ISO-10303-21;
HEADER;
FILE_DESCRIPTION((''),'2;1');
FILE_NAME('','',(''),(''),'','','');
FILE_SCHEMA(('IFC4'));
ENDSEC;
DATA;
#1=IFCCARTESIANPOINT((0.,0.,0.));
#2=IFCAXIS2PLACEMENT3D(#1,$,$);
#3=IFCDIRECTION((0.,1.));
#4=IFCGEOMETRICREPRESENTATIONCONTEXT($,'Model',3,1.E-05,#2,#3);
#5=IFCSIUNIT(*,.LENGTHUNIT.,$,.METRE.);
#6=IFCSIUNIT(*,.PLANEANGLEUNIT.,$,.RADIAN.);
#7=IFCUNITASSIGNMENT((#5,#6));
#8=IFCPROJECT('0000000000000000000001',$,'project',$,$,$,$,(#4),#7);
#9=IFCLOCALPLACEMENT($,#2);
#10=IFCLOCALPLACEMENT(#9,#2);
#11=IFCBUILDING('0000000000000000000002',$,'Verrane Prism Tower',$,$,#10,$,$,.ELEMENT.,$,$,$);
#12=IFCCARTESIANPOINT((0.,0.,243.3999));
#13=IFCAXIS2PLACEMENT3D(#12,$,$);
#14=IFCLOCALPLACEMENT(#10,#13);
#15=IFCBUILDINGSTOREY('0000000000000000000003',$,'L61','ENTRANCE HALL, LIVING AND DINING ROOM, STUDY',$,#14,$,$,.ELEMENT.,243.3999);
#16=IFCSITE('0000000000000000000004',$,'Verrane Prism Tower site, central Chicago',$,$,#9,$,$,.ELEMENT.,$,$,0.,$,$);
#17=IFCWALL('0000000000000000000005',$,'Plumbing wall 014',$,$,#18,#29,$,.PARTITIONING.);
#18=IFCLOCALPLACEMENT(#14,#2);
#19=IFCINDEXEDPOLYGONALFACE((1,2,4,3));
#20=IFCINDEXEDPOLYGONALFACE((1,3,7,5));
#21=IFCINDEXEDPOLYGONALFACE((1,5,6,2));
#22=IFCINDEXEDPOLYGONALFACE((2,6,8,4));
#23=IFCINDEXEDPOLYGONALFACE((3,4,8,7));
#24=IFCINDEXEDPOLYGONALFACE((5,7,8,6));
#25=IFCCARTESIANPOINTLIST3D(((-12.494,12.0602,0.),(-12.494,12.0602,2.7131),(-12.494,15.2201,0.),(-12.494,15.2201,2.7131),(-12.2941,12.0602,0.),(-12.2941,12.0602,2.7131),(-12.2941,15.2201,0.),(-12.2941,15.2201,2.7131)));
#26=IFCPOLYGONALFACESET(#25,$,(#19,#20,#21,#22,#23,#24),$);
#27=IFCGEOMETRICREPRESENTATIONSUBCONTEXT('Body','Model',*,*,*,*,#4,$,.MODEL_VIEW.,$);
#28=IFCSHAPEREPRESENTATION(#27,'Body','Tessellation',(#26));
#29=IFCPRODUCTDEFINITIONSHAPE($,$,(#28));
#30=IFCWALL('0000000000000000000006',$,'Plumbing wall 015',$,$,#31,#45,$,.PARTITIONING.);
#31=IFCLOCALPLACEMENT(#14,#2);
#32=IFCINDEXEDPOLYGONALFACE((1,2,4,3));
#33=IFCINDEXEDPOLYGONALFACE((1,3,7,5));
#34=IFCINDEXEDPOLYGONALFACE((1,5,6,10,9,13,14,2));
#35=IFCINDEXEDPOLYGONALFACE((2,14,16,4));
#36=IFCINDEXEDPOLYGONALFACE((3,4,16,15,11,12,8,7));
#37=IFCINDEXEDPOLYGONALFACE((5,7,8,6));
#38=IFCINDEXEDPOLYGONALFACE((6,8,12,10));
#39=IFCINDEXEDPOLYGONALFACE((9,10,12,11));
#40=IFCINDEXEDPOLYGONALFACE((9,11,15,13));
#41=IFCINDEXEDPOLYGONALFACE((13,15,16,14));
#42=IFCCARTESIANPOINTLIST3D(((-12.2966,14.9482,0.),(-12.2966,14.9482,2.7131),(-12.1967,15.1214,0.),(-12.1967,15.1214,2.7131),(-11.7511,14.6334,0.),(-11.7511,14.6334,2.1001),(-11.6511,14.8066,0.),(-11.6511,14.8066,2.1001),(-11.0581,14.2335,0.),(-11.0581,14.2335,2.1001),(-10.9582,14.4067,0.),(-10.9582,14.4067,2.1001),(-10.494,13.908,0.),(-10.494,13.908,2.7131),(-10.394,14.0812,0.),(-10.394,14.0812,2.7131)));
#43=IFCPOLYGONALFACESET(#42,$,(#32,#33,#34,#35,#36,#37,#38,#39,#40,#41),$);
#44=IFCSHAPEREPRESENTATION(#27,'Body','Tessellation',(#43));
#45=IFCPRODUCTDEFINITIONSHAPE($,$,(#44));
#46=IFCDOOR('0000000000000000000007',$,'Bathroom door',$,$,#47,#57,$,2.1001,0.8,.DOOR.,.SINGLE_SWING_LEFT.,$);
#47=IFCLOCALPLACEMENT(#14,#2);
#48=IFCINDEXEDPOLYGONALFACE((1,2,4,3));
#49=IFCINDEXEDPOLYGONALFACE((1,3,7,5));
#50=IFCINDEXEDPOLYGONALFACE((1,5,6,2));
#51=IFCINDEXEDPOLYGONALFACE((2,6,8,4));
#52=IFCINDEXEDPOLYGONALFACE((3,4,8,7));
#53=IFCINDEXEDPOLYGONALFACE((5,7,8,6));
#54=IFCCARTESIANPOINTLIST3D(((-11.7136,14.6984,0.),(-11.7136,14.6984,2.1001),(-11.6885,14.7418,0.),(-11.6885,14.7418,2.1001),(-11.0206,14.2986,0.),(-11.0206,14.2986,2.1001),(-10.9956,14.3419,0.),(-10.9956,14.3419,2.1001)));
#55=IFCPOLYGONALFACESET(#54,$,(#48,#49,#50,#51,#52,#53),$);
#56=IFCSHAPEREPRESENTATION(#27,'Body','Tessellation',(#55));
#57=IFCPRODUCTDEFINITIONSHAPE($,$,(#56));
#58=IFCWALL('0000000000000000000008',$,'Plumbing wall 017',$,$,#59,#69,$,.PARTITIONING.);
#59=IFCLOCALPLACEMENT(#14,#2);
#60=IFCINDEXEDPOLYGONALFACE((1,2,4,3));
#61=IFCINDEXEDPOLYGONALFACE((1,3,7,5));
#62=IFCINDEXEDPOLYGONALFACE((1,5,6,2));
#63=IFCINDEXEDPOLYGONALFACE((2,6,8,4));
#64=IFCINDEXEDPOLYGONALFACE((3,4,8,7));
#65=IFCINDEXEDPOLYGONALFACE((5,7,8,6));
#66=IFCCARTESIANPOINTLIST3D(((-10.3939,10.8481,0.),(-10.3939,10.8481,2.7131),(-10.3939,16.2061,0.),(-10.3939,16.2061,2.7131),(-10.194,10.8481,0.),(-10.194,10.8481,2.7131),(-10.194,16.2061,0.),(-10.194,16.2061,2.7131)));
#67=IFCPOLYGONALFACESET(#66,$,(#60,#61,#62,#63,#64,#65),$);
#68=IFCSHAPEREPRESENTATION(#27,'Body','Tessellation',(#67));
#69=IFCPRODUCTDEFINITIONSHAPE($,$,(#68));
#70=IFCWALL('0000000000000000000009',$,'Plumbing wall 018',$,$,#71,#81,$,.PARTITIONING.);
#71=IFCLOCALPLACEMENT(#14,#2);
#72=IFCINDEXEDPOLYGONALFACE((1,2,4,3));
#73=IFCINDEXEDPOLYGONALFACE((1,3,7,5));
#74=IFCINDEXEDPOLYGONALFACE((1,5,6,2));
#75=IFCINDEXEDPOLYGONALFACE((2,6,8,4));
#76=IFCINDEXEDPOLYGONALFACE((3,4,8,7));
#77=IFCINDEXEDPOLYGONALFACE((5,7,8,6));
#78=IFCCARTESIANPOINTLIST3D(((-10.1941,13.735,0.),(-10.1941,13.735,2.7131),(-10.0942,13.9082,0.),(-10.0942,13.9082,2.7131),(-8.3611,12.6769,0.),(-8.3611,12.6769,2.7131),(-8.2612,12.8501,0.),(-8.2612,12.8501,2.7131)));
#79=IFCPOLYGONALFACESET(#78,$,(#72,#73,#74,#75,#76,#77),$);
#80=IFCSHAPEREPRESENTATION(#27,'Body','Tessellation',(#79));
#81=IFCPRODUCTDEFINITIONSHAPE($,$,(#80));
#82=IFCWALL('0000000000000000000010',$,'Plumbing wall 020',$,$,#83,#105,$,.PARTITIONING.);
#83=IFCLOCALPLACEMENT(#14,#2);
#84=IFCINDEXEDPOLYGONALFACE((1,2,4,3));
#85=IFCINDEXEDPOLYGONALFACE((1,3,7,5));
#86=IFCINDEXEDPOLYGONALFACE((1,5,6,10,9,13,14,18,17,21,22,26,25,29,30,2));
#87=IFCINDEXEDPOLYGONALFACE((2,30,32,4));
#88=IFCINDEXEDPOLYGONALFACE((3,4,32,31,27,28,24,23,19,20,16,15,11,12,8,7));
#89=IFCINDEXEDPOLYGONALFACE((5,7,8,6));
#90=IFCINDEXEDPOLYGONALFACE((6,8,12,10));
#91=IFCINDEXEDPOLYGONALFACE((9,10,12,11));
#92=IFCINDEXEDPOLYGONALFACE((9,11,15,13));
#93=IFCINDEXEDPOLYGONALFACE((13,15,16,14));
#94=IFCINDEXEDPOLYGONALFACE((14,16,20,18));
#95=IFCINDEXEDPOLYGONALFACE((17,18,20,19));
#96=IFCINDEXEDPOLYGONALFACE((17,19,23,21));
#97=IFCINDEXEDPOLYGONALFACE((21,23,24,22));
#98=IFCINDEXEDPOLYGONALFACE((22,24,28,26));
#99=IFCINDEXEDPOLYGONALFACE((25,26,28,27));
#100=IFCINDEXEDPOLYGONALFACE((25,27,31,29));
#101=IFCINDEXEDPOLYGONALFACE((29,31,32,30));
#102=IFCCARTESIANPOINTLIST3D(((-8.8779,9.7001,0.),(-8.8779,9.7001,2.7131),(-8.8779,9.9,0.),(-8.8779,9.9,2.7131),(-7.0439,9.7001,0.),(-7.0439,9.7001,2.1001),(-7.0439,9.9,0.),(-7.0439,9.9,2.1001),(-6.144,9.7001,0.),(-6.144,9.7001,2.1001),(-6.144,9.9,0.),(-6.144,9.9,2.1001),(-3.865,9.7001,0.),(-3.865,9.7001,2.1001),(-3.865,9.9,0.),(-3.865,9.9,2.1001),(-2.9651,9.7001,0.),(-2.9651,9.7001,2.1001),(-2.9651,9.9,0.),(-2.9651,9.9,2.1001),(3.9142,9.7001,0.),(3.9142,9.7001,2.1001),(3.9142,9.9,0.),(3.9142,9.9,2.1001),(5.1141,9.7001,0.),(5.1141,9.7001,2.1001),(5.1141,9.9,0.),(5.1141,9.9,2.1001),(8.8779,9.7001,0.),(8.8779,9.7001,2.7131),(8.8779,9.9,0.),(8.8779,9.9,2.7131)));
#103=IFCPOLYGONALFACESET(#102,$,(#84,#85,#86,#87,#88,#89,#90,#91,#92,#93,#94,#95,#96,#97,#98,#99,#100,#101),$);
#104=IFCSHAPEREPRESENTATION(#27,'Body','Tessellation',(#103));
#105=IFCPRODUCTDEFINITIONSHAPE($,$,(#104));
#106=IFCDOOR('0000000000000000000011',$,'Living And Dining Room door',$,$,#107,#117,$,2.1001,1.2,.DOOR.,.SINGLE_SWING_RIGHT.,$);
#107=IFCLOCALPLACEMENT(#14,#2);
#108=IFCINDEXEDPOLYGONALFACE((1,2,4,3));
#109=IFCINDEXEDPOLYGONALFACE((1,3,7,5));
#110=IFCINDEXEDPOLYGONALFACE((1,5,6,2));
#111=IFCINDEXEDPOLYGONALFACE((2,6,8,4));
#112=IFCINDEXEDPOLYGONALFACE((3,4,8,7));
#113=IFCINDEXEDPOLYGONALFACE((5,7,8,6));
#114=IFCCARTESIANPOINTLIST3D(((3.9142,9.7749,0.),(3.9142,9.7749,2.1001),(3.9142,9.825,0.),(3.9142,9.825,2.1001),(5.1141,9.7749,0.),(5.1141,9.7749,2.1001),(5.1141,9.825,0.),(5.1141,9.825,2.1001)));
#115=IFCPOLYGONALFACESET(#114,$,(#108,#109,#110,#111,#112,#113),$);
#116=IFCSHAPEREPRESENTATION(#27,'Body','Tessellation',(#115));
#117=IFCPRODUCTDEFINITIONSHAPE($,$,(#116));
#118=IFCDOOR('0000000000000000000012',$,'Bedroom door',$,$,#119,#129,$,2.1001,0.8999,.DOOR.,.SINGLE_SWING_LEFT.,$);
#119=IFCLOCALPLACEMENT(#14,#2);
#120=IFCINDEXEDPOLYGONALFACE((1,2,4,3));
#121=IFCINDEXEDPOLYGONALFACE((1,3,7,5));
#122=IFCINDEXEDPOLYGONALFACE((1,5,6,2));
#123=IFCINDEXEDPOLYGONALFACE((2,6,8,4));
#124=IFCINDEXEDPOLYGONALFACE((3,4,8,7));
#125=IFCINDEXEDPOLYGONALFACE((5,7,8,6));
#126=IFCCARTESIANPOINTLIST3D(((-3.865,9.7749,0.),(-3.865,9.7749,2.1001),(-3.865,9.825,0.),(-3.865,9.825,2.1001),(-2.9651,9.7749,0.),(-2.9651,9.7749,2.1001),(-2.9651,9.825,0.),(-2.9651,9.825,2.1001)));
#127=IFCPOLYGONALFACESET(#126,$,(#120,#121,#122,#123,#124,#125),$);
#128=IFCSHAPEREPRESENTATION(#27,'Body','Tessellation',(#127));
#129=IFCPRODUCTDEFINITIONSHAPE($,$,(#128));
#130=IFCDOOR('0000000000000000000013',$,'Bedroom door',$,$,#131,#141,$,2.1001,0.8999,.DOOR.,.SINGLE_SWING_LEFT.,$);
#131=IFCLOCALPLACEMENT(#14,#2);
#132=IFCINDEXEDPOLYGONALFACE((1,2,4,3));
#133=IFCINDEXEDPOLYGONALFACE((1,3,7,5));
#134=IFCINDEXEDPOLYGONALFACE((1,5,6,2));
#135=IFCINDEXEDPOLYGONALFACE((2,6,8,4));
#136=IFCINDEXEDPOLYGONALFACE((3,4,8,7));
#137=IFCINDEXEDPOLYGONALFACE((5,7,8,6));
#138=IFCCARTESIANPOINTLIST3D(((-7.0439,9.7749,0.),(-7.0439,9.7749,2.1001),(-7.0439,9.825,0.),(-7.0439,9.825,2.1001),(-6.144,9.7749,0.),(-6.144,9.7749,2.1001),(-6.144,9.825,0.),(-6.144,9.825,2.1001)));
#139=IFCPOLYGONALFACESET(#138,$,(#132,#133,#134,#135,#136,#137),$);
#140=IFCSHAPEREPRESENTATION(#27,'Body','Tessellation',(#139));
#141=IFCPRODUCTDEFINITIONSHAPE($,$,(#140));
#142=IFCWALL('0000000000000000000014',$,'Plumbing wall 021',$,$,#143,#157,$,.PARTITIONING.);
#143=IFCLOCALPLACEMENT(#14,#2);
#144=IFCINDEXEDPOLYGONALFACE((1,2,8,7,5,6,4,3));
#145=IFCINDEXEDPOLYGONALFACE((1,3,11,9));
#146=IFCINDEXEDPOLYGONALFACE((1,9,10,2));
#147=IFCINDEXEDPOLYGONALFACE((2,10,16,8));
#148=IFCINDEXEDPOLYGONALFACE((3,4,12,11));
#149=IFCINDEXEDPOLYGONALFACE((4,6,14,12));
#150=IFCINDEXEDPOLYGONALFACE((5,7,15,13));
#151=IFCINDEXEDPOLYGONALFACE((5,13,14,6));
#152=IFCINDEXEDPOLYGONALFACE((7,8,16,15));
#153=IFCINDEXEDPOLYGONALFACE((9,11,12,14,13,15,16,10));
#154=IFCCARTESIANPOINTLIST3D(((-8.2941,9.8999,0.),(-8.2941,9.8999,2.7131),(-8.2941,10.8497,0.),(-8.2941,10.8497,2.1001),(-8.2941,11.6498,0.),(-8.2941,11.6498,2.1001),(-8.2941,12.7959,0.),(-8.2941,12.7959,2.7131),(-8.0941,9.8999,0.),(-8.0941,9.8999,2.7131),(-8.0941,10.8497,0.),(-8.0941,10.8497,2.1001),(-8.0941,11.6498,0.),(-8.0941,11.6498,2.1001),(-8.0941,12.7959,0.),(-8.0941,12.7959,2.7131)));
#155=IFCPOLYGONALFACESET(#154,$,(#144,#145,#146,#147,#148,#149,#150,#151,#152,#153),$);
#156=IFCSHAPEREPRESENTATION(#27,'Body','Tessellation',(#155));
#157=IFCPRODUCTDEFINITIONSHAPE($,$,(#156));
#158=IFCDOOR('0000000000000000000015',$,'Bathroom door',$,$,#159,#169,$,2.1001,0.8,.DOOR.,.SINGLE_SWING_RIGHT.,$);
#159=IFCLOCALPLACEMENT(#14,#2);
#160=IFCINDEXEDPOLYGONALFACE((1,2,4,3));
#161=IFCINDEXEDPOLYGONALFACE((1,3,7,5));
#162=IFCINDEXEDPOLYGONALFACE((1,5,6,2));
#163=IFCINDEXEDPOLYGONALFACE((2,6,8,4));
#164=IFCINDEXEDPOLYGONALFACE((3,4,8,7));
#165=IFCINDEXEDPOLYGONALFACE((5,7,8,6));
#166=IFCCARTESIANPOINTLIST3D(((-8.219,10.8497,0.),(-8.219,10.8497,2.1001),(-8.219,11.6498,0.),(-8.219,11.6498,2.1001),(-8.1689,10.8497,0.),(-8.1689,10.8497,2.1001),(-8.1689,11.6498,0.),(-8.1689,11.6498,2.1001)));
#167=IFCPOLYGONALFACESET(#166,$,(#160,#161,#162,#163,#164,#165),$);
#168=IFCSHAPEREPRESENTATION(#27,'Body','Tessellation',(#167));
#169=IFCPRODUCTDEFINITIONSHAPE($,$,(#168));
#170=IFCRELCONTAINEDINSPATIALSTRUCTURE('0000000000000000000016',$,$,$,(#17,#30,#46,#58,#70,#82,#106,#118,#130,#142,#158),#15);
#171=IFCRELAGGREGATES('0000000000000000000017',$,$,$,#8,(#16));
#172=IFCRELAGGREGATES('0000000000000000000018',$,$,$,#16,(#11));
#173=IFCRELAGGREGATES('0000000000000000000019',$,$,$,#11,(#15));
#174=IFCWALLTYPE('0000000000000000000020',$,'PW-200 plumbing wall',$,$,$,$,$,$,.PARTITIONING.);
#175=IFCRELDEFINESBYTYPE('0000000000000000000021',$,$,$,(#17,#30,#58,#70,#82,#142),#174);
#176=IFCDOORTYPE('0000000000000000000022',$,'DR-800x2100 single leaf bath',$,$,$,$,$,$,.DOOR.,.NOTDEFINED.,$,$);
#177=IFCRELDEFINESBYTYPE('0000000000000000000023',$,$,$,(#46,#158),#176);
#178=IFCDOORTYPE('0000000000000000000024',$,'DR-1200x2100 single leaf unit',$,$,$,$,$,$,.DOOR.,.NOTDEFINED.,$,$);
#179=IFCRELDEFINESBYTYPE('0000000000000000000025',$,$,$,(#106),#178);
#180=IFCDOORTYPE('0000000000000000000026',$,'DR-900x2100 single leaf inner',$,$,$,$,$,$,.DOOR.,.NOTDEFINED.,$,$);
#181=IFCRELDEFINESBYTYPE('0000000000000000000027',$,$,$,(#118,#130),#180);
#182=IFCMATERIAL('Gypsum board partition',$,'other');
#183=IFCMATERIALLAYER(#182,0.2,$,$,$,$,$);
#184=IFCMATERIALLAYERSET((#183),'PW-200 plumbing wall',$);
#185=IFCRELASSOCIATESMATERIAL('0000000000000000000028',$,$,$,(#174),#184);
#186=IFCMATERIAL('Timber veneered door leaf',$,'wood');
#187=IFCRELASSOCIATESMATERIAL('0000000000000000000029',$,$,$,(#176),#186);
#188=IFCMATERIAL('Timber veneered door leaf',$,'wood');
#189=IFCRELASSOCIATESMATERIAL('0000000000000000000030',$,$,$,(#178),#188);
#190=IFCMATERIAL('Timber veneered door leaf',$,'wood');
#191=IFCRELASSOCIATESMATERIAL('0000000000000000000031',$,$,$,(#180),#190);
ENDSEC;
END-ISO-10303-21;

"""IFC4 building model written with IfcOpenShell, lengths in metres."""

from ifc_helpers import new_model, si_unit, direction, frame, frame_2d, origin, place, context, subcontext, project, spatial, rectangle, extrude, material, layer, layer_set, type_object, element, fill, save


model = new_model("IFC4")

# Units and contexts
model_context = context("Model", 3, precision=1e-05, world=origin(), true_north=direction((0.0, 1.0)))
body_context = subcontext(model_context, "Body", "Model", "MODEL_VIEW")
ifc_project = project(units=[si_unit("LENGTHUNIT", "METRE"), si_unit("PLANEANGLEUNIT", "RADIAN")], contexts=[model_context])

# Site, building, storey
site_placement = place(None, origin())
site = spatial("IfcSite", under=ifc_project, at=site_placement, Name="Verrane Prism Tower site, central Chicago", CompositionType="ELEMENT", RefElevation=0.0)
building_placement = place(site_placement, origin())
building = spatial("IfcBuilding", under=site, at=building_placement, Name="Verrane Prism Tower", CompositionType="ELEMENT")
storey_placement = place(building_placement, frame((0.0, 0.0, 243.3999)))
storey = spatial("IfcBuildingStorey", under=building, at=storey_placement, Name="L61", Description="ENTRANCE HALL, LIVING AND DINING ROOM, STUDY", CompositionType="ELEMENT", Elevation=243.3999)

# Wall
ifc_material_1 = material(Name="Gypsum board partition", Category="other")
ifc_layer_1 = layer(ifc_material_1, 0.2)
ifc_layer_set_1 = layer_set([ifc_layer_1], Name="PW-200 plumbing wall")
wall_type_1 = type_object("IfcWallType", Name="PW-200 plumbing wall", PredefinedType="PARTITIONING", material=ifc_layer_set_1)
wall_1_placement = place(storey_placement, frame((-12.394, 12.0601, 0.0), z_axis=(0.0, 0.0, 1.0), x_axis=(0.0, 1.0, 0.0)))
element("IfcWall", 1, at=wall_1_placement, inside=storey, type_object=wall_type_1, Name="Plumbing wall 014", PredefinedType="PARTITIONING", context=body_context, shape_type="SweptSolid", body=[
    extrude(rectangle(XDim=3.1599, YDim=0.2, at=frame_2d((1.5801, 0.0))), origin(), (0.0, 0.0, 1.0), 2.7131),
])

# Wall, opening, door
wall_2_placement = place(storey_placement, frame((-10.4441, 13.9946, 0.0), z_axis=(0.0, 0.0, 1.0), x_axis=(-0.866135, 0.49981, 0.0)))
wall_2 = element("IfcWall", 2, at=wall_2_placement, inside=storey, type_object=wall_type_1, Name="Plumbing wall 015", PredefinedType="PARTITIONING", context=body_context, shape_type="SweptSolid", body=[
    extrude(rectangle(XDim=2.0813, YDim=0.2, at=frame_2d((1.0405, 0.0))), origin(), (0.0, 0.0, 1.0), 2.7131),
])
opening_1_placement = place(wall_2_placement, frame((0.6514, 0.0, 0.0)))
opening_1 = element("IfcOpeningElement", 3, at=opening_1_placement, cuts=wall_2, PredefinedType="OPENING", context=body_context, shape_type="SweptSolid", body=[
    extrude(rectangle(XDim=0.8, YDim=2.1001, at=frame_2d((0.3999, 1.05))), frame((0.0, 0.1099, 0.0), z_axis=(0.0, -1.0, 0.0), x_axis=(1.0, 0.0, 0.0)), (0.0, 0.0, 1.0), 0.22),
])
ifc_material_2 = material(Name="Timber veneered door leaf", Category="wood")
door_type_1 = type_object("IfcDoorType", Name="DR-800x2100 single leaf bath", OperationType="NOTDEFINED", PredefinedType="DOOR", material=ifc_material_2)
door_1_placement = place(opening_1_placement, origin())
door_1 = element("IfcDoor", 4, at=door_1_placement, inside=storey, type_object=door_type_1, Name="Bathroom door", OperationType="SINGLE_SWING_LEFT", OverallHeight=2.1001, OverallWidth=0.8, PredefinedType="DOOR", context=body_context, shape_type="SweptSolid", body=[
    extrude(rectangle(XDim=0.8, YDim=2.1001, at=frame_2d((0.3999, 1.05))), frame((0.0, 0.0249, 0.0), z_axis=(0.0, -1.0, 0.0), x_axis=(1.0, 0.0, 0.0)), (0.0, 0.0, 1.0), 0.05),
])
fill(opening_1, door_1)

# Walls
wall_3_placement = place(storey_placement, frame((-10.2939, 10.8481, 0.0), z_axis=(0.0, 0.0, 1.0), x_axis=(0.0, 1.0, 0.0)))
element("IfcWall", 5, at=wall_3_placement, inside=storey, type_object=wall_type_1, Name="Plumbing wall 017", PredefinedType="PARTITIONING", context=body_context, shape_type="SweptSolid", body=[
    extrude(rectangle(XDim=5.3579, YDim=0.2, at=frame_2d((2.679, 0.0))), origin(), (0.0, 0.0, 1.0), 2.7131),
])
wall_4_placement = place(storey_placement, frame((-10.144, 13.8215, 0.0), z_axis=(0.0, 0.0, 1.0), x_axis=(0.866063, -0.499935, 0.0)))
element("IfcWall", 6, at=wall_4_placement, inside=storey, type_object=wall_type_1, Name="Plumbing wall 018", PredefinedType="PARTITIONING", context=body_context, shape_type="SweptSolid", body=[
    extrude(rectangle(XDim=2.1165, YDim=0.2, at=frame_2d((1.0581, 0.0))), origin(), (0.0, 0.0, 1.0), 2.7131),
])

# Wall, openings, doors
wall_5_placement = place(storey_placement, frame((-8.8779, 9.8, 0.0), z_axis=(0.0, 0.0, 1.0), x_axis=(1.0, 0.0, 0.0)))
wall_5 = element("IfcWall", 7, at=wall_5_placement, inside=storey, type_object=wall_type_1, Name="Plumbing wall 020", PredefinedType="PARTITIONING", context=body_context, shape_type="SweptSolid", body=[
    extrude(rectangle(XDim=17.7559, YDim=0.2, at=frame_2d((8.8779, 0.0))), origin(), (0.0, 0.0, 1.0), 2.7131),
])
opening_2_placement = place(wall_5_placement, frame((12.792, 0.0, 0.0)))
opening_2 = element("IfcOpeningElement", 8, at=opening_2_placement, cuts=wall_5, PredefinedType="OPENING", context=body_context, shape_type="SweptSolid", body=[
    extrude(rectangle(XDim=1.2, YDim=2.1001, at=frame_2d((0.6001, 1.05))), frame((0.0, 0.1099, 0.0), z_axis=(0.0, -1.0, 0.0), x_axis=(1.0, 0.0, 0.0)), (0.0, 0.0, 1.0), 0.22),
])
opening_3_placement = place(wall_5_placement, frame((5.0129, 0.0, 0.0)))
opening_3 = element("IfcOpeningElement", 9, at=opening_3_placement, cuts=wall_5, PredefinedType="OPENING", context=body_context, shape_type="SweptSolid", body=[
    extrude(rectangle(XDim=0.8999, YDim=2.1001, at=frame_2d((0.45, 1.05))), frame((0.0, 0.1099, 0.0), z_axis=(0.0, -1.0, 0.0), x_axis=(1.0, 0.0, 0.0)), (0.0, 0.0, 1.0), 0.22),
])
opening_4_placement = place(wall_5_placement, frame((1.834, 0.0, 0.0)))
opening_4 = element("IfcOpeningElement", 10, at=opening_4_placement, cuts=wall_5, PredefinedType="OPENING", context=body_context, shape_type="SweptSolid", body=[
    extrude(rectangle(XDim=0.8999, YDim=2.1001, at=frame_2d((0.45, 1.05))), frame((0.0, 0.1099, 0.0), z_axis=(0.0, -1.0, 0.0), x_axis=(1.0, 0.0, 0.0)), (0.0, 0.0, 1.0), 0.22),
])
ifc_material_3 = material(Name="Timber veneered door leaf", Category="wood")
door_type_2 = type_object("IfcDoorType", Name="DR-1200x2100 single leaf unit", OperationType="NOTDEFINED", PredefinedType="DOOR", material=ifc_material_3)
door_2_placement = place(opening_2_placement, origin())
door_2 = element("IfcDoor", 11, at=door_2_placement, inside=storey, type_object=door_type_2, Name="Living And Dining Room door", OperationType="SINGLE_SWING_RIGHT", OverallHeight=2.1001, OverallWidth=1.2, PredefinedType="DOOR", context=body_context, shape_type="SweptSolid", body=[
    extrude(rectangle(XDim=1.2, YDim=2.1001, at=frame_2d((0.6001, 1.05))), frame((0.0, 0.0249, 0.0), z_axis=(0.0, -1.0, 0.0), x_axis=(1.0, 0.0, 0.0)), (0.0, 0.0, 1.0), 0.05),
])
fill(opening_2, door_2)
ifc_material_4 = material(Name="Timber veneered door leaf", Category="wood")
door_type_3 = type_object("IfcDoorType", Name="DR-900x2100 single leaf inner", OperationType="NOTDEFINED", PredefinedType="DOOR", material=ifc_material_4)
door_3_placement = place(opening_3_placement, origin())
door_3 = element("IfcDoor", 12, at=door_3_placement, inside=storey, type_object=door_type_3, Name="Bedroom door", OperationType="SINGLE_SWING_LEFT", OverallHeight=2.1001, OverallWidth=0.8999, PredefinedType="DOOR", context=body_context, shape_type="SweptSolid", body=[
    extrude(rectangle(XDim=0.8999, YDim=2.1001, at=frame_2d((0.45, 1.05))), frame((0.0, 0.0249, 0.0), z_axis=(0.0, -1.0, 0.0), x_axis=(1.0, 0.0, 0.0)), (0.0, 0.0, 1.0), 0.05),
])
fill(opening_3, door_3)
door_4_placement = place(opening_4_placement, origin())
door_4 = element("IfcDoor", 13, at=door_4_placement, inside=storey, type_object=door_type_3, Name="Bedroom door", OperationType="SINGLE_SWING_LEFT", OverallHeight=2.1001, OverallWidth=0.8999, PredefinedType="DOOR", context=body_context, shape_type="SweptSolid", body=[
    extrude(rectangle(XDim=0.8999, YDim=2.1001, at=frame_2d((0.45, 1.05))), frame((0.0, 0.0249, 0.0), z_axis=(0.0, -1.0, 0.0), x_axis=(1.0, 0.0, 0.0)), (0.0, 0.0, 1.0), 0.05),
])
fill(opening_4, door_4)

# Wall, opening, door
wall_6_placement = place(storey_placement, frame((-8.1941, 9.8999, 0.0), z_axis=(0.0, 0.0, 1.0), x_axis=(0.0, 1.0, 0.0)))
wall_6 = element("IfcWall", 14, at=wall_6_placement, inside=storey, type_object=wall_type_1, Name="Plumbing wall 021", PredefinedType="PARTITIONING", context=body_context, shape_type="SweptSolid", body=[
    extrude(rectangle(XDim=2.896, YDim=0.2, at=frame_2d((1.448, 0.0))), origin(), (0.0, 0.0, 1.0), 2.7131),
])
opening_5_placement = place(wall_6_placement, frame((0.95, 0.0, 0.0)))
opening_5 = element("IfcOpeningElement", 15, at=opening_5_placement, cuts=wall_6, PredefinedType="OPENING", context=body_context, shape_type="SweptSolid", body=[
    extrude(rectangle(XDim=0.8, YDim=2.1001, at=frame_2d((0.3999, 1.05))), frame((0.0, 0.1099, 0.0), z_axis=(0.0, -1.0, 0.0), x_axis=(1.0, 0.0, 0.0)), (0.0, 0.0, 1.0), 0.22),
])
door_5_placement = place(opening_5_placement, origin())
door_5 = element("IfcDoor", 16, at=door_5_placement, inside=storey, type_object=door_type_1, Name="Bathroom door", OperationType="SINGLE_SWING_RIGHT", OverallHeight=2.1001, OverallWidth=0.8, PredefinedType="DOOR", context=body_context, shape_type="SweptSolid", body=[
    extrude(rectangle(XDim=0.8, YDim=2.1001, at=frame_2d((0.3999, 1.05))), frame((0.0, 0.0249, 0.0), z_axis=(0.0, -1.0, 0.0), x_axis=(1.0, 0.0, 0.0)), (0.0, 0.0, 1.0), 0.05),
])
fill(opening_5, door_5)

save(model, "model.ifc")
